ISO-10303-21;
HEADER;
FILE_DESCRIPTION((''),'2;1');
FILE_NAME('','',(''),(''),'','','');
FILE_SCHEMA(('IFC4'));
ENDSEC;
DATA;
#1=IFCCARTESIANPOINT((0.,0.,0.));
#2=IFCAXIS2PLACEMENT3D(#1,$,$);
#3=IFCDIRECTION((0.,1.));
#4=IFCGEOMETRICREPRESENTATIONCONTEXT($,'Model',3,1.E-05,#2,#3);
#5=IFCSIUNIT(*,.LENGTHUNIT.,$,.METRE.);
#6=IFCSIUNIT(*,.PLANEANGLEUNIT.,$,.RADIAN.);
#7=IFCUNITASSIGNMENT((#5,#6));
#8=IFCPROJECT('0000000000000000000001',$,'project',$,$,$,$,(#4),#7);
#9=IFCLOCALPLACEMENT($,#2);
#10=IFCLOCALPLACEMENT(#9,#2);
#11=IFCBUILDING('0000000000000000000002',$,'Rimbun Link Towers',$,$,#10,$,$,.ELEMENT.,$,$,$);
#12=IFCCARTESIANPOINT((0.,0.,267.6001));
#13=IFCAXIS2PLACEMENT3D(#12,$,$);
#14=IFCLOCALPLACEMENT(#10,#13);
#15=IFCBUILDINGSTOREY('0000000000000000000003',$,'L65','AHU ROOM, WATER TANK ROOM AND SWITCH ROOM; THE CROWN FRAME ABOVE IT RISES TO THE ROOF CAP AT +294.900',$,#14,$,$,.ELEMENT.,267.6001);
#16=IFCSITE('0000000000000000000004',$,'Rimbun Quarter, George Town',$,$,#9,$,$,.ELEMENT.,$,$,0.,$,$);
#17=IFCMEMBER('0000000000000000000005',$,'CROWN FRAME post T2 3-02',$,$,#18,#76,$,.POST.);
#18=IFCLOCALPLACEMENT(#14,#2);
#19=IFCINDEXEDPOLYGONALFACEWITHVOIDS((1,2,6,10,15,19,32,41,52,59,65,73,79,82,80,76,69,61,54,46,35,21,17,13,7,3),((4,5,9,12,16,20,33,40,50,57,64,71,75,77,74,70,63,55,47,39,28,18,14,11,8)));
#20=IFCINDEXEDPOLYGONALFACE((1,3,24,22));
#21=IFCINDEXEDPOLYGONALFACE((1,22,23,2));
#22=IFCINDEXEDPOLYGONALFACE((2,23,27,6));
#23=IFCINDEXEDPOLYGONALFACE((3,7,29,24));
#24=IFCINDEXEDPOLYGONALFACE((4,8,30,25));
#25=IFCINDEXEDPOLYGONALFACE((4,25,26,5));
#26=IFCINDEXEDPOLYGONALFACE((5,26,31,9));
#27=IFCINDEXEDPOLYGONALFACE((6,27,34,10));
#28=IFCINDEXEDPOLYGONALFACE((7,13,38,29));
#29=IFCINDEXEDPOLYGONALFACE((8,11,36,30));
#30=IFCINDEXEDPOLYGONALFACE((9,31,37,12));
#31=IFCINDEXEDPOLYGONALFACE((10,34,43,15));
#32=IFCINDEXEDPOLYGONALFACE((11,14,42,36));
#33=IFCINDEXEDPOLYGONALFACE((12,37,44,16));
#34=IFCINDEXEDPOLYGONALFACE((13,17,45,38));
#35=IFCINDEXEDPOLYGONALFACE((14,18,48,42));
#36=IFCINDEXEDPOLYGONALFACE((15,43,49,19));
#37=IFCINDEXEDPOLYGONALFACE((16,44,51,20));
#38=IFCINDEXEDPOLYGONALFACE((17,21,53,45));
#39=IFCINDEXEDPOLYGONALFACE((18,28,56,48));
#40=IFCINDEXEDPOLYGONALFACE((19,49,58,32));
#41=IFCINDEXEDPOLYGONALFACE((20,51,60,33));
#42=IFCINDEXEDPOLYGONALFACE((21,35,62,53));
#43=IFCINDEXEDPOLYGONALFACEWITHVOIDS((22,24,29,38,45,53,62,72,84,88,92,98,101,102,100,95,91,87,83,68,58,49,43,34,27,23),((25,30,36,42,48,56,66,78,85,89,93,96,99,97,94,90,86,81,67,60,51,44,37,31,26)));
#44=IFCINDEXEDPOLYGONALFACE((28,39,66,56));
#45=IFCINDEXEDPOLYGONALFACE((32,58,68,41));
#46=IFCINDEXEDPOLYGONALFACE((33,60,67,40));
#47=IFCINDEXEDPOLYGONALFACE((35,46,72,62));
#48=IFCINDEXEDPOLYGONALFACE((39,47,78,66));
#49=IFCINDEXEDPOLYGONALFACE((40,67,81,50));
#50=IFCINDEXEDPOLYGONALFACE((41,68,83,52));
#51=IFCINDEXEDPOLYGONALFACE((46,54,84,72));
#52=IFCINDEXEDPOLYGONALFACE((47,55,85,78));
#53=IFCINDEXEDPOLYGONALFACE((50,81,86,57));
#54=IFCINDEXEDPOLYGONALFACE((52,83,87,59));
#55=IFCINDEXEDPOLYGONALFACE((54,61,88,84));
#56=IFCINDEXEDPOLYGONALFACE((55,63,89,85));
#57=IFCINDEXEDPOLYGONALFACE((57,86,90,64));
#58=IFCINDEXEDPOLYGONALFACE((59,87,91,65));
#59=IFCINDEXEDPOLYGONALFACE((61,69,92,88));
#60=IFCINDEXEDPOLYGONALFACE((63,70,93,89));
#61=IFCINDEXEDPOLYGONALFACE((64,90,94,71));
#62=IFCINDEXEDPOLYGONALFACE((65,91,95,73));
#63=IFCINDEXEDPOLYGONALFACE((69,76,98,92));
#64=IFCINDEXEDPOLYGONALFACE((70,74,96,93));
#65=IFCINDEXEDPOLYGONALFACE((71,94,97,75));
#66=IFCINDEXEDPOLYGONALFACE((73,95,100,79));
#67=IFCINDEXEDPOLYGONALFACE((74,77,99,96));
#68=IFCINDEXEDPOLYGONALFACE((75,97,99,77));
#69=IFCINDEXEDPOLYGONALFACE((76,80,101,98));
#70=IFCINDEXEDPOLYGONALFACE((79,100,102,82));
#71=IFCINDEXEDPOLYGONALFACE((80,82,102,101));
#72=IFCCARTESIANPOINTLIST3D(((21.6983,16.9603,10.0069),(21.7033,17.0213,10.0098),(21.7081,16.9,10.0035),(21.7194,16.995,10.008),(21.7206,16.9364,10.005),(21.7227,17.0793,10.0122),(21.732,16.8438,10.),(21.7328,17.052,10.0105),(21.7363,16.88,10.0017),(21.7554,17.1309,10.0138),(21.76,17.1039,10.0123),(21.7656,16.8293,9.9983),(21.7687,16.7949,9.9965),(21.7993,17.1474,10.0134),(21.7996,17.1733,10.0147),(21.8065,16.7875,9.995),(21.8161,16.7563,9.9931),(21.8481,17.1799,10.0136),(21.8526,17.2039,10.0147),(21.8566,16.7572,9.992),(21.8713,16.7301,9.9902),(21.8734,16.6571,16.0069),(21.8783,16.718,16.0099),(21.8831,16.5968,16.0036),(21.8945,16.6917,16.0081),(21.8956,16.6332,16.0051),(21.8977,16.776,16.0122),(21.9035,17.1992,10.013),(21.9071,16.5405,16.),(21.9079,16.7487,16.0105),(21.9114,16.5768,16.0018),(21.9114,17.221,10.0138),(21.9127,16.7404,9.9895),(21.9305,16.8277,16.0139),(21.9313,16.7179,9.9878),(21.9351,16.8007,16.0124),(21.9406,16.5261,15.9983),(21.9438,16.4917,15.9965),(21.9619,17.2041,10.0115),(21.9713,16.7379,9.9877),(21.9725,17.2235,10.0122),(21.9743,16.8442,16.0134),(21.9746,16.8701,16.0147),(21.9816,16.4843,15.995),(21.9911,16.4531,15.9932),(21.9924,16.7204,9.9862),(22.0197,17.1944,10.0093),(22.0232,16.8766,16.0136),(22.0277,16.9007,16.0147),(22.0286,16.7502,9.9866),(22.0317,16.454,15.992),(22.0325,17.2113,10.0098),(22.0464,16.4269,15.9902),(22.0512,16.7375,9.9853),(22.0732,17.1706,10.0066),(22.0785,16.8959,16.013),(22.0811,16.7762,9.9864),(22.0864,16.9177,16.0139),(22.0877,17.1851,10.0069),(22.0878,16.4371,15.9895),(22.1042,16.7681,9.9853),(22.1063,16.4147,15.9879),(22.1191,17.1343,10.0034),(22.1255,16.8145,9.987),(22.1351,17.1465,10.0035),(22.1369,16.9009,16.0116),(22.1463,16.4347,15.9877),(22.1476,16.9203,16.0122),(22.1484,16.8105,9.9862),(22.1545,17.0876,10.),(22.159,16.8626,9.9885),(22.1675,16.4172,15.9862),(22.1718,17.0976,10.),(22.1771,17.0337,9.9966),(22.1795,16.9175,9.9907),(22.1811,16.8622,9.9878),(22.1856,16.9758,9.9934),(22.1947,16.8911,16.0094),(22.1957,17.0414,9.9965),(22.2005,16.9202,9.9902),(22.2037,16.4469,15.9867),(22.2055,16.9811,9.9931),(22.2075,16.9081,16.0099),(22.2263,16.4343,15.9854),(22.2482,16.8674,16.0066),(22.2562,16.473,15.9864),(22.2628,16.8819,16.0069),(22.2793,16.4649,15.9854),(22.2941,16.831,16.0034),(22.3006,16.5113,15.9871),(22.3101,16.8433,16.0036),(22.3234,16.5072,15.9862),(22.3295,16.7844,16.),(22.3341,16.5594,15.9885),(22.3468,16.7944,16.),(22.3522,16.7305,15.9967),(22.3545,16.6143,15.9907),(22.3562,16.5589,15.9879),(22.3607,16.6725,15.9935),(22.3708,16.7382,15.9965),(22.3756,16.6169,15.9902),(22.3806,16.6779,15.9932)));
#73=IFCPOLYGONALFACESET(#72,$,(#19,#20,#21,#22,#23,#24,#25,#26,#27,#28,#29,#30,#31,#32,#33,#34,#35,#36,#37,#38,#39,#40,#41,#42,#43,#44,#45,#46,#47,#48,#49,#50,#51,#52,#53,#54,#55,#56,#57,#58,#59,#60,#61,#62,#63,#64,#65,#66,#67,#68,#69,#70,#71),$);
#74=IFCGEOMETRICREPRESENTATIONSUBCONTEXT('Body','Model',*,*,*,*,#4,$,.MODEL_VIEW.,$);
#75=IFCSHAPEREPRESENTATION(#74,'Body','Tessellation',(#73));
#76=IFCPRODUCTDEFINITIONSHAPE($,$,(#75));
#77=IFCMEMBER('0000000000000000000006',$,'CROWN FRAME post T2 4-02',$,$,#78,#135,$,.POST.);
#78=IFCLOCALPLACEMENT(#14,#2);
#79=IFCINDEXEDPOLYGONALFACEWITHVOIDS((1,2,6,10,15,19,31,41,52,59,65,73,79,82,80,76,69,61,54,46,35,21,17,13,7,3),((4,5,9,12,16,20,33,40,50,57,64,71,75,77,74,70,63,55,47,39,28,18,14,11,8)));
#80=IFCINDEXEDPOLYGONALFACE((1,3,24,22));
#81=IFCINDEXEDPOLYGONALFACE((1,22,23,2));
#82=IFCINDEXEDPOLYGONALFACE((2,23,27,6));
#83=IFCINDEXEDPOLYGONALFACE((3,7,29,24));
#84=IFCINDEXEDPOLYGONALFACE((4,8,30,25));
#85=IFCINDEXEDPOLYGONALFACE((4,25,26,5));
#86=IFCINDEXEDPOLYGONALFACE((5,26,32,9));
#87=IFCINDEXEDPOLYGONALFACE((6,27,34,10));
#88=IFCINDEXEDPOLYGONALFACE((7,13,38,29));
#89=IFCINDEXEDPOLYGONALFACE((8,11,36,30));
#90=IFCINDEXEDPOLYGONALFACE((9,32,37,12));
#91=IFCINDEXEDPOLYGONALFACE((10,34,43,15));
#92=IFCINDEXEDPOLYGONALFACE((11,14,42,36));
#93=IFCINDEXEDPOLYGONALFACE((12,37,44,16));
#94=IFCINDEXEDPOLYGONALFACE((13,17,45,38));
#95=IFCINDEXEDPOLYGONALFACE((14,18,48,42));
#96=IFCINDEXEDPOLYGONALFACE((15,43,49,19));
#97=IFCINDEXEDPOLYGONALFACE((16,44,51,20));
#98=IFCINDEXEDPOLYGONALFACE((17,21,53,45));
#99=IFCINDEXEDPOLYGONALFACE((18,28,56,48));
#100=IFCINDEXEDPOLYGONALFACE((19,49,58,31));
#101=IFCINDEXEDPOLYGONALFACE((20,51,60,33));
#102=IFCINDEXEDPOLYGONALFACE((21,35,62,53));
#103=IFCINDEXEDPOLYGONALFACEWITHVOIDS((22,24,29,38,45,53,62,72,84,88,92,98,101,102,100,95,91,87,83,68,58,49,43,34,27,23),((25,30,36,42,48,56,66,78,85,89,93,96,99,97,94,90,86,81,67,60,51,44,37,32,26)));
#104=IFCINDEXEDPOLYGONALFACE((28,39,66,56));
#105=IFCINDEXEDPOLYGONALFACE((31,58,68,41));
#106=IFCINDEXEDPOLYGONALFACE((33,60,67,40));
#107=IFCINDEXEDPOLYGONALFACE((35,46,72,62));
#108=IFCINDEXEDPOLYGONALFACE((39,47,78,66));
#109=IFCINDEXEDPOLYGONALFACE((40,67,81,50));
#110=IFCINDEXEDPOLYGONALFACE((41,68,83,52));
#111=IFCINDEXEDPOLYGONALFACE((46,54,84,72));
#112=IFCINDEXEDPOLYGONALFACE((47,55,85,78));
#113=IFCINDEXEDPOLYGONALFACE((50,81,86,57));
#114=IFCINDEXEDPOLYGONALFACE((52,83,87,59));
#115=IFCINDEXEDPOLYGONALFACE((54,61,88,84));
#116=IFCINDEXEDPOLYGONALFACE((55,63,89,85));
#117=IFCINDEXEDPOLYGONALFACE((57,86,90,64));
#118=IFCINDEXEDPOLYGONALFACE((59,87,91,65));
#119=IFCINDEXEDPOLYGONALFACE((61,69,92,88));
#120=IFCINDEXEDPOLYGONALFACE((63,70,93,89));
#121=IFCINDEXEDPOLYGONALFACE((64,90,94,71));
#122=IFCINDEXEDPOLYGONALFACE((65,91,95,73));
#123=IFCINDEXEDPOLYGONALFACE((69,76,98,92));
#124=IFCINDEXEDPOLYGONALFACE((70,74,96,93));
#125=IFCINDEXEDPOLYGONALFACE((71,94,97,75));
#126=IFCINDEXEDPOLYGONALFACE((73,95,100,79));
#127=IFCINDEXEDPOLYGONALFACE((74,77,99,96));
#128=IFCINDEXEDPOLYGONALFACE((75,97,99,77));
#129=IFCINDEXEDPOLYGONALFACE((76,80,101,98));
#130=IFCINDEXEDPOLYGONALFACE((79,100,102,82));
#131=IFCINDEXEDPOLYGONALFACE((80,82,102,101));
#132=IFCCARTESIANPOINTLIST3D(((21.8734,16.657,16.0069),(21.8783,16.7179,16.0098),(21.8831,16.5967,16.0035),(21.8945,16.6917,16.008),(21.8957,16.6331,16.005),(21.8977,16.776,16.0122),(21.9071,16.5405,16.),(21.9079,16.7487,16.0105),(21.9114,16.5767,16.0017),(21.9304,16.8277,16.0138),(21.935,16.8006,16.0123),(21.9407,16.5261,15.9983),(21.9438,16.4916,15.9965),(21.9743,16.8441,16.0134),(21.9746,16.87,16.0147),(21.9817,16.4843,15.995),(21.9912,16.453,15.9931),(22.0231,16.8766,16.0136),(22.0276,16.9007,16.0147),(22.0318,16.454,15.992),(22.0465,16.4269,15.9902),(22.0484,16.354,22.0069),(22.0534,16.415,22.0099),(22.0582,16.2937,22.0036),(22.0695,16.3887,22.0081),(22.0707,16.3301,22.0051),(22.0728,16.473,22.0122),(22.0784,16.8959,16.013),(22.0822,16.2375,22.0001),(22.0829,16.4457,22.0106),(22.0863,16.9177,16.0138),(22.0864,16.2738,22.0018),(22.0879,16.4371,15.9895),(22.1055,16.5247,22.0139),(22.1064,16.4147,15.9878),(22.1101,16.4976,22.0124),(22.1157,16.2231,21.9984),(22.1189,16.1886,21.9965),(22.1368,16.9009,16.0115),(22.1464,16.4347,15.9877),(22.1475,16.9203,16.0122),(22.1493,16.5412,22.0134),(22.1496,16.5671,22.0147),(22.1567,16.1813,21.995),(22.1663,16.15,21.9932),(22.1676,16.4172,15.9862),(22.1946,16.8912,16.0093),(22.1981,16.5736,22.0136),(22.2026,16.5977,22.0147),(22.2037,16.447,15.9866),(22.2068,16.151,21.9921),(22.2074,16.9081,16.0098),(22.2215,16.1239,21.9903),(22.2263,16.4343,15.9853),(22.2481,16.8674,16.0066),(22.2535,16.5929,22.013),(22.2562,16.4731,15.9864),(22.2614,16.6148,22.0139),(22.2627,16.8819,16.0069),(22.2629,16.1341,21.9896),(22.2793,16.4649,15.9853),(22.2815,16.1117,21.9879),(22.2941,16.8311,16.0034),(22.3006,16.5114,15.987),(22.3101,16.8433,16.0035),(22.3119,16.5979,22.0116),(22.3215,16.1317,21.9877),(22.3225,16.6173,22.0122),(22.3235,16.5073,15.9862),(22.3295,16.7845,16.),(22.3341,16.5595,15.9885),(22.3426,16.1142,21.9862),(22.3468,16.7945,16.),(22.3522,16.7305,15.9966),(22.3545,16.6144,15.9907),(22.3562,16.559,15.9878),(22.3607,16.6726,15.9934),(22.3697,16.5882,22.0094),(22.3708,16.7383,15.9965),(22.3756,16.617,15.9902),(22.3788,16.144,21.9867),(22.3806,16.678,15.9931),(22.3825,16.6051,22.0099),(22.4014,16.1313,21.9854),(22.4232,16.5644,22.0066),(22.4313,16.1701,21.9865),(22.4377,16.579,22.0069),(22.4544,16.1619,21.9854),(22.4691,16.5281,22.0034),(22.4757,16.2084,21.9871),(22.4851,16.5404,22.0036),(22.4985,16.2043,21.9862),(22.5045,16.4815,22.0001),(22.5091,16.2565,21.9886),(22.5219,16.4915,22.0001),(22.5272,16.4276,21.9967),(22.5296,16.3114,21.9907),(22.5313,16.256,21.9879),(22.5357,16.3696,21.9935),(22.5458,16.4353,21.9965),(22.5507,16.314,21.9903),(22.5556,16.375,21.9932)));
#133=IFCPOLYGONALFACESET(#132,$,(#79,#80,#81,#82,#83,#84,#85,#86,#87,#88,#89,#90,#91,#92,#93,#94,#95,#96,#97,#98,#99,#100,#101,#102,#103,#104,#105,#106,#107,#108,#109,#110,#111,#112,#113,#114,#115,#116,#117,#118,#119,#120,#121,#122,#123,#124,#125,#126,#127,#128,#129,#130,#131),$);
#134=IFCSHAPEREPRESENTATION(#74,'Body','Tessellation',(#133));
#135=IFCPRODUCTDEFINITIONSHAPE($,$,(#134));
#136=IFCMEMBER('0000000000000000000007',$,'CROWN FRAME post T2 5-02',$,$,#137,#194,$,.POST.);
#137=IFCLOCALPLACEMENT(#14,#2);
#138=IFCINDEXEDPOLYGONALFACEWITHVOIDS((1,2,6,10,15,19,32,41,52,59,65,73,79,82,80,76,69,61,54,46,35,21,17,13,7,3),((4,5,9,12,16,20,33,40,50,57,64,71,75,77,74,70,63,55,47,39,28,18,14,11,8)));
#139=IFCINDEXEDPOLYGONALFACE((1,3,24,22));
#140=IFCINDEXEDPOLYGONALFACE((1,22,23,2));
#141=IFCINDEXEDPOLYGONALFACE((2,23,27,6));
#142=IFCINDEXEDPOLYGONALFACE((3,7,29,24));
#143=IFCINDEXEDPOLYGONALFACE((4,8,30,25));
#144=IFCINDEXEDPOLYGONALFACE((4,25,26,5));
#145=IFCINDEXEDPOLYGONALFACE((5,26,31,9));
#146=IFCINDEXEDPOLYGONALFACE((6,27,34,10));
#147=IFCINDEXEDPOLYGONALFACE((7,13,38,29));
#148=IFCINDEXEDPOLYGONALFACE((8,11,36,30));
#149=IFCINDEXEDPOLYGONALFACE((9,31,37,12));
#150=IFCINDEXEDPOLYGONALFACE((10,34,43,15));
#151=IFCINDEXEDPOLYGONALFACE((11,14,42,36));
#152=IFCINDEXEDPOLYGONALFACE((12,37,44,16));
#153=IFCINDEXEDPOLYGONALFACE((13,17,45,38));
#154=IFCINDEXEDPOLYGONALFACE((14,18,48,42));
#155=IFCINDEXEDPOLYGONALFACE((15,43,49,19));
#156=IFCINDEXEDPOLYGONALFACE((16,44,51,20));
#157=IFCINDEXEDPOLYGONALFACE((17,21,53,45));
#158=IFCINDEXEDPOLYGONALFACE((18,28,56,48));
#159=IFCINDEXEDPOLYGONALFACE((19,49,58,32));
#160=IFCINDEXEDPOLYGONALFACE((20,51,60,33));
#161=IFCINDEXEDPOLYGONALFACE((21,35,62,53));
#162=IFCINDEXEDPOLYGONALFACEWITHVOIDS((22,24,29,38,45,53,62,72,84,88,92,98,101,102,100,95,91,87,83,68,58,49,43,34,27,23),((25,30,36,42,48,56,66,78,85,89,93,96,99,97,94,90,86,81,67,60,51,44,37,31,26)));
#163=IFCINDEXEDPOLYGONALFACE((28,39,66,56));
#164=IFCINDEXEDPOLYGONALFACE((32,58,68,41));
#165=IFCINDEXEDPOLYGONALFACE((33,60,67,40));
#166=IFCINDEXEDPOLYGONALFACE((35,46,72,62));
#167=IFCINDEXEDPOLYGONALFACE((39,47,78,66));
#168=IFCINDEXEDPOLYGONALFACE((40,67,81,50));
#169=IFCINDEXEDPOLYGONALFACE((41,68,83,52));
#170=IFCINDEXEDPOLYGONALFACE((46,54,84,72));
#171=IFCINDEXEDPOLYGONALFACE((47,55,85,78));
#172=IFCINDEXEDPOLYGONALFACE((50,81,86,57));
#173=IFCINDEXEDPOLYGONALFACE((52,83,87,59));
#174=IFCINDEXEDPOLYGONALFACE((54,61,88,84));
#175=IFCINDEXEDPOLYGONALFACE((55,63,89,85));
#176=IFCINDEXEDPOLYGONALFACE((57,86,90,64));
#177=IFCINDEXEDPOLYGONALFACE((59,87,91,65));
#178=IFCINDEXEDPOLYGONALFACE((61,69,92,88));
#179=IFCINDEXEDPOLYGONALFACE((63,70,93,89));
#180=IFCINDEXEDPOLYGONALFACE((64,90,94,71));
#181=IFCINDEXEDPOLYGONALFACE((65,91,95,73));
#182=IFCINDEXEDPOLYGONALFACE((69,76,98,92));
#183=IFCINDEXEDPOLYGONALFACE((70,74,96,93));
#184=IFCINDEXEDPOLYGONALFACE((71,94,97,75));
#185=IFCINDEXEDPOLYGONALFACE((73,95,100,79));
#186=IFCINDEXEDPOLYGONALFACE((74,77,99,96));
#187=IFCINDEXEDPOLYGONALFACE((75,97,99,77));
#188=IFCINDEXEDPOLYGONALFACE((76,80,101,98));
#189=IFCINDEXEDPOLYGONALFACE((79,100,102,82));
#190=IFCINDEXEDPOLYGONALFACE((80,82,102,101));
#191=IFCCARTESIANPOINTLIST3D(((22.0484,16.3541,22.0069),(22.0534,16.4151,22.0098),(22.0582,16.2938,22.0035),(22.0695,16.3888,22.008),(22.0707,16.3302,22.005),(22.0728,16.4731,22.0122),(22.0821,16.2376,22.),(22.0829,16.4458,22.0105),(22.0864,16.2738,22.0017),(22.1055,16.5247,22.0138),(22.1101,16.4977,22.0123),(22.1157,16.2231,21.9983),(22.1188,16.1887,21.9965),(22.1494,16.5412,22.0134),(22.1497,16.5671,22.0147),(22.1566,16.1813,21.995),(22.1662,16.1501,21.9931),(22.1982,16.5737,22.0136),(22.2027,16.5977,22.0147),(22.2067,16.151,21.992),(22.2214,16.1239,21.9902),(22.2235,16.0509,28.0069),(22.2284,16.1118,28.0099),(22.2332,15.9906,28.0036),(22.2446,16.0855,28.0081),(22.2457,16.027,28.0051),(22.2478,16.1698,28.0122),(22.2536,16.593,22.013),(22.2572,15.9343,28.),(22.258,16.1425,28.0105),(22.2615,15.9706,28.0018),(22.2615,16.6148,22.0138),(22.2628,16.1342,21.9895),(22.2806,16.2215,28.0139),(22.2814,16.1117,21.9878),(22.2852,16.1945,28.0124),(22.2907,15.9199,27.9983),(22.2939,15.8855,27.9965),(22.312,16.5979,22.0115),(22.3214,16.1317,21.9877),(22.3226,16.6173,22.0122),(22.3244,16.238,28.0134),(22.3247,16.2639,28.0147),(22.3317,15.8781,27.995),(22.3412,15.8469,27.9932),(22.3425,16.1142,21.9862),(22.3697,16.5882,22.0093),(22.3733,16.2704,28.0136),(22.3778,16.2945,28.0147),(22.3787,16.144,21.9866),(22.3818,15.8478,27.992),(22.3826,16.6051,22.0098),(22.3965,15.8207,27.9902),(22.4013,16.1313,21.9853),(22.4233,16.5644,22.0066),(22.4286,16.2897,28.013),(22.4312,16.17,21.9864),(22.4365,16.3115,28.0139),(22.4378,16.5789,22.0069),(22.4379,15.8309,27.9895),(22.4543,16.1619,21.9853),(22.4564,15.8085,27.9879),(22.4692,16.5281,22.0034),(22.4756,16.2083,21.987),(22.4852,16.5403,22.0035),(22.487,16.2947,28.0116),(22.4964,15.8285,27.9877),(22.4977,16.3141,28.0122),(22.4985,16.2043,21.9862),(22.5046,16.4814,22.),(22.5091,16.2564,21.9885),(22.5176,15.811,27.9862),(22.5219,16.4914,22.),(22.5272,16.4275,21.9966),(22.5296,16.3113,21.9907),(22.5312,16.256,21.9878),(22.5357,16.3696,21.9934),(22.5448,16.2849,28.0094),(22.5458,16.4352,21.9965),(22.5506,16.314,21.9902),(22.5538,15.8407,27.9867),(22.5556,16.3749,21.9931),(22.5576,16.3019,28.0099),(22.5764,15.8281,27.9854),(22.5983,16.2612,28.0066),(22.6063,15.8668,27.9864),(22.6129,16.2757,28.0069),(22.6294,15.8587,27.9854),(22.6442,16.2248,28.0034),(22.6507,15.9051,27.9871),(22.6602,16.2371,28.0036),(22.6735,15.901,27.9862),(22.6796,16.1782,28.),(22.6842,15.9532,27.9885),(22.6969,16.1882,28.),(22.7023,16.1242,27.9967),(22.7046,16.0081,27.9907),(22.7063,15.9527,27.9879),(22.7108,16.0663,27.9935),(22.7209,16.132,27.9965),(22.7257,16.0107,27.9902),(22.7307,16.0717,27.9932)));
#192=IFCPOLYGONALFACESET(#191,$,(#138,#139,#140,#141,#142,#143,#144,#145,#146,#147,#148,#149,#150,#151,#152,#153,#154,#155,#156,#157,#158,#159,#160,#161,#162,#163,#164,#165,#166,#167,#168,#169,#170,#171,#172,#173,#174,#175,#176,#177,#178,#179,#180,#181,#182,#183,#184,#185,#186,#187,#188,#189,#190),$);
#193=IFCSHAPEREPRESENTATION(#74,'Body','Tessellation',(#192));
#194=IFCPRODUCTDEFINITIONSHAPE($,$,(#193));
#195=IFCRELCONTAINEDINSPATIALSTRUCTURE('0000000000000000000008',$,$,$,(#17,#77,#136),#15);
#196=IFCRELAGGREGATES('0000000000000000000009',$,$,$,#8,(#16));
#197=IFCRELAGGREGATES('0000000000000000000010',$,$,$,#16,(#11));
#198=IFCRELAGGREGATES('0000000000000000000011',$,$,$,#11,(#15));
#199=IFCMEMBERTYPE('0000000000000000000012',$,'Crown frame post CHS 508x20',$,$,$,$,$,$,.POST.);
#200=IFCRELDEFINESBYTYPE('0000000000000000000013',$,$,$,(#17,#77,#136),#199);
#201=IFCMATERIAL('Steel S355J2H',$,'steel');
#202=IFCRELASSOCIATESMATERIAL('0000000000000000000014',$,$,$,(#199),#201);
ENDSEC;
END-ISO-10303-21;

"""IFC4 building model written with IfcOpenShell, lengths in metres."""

from ifc_helpers import new_model, si_unit, direction, frame, origin, origin_2d, place, context, subcontext, project, spatial, hollow_circle, extrude, material, material_profile, profile_set, type_object, element, save


model = new_model("IFC4")

# Units and contexts
model_context = context("Model", 3, precision=1e-05, world=origin(), true_north=direction((0.0, 1.0)))
body_context = subcontext(model_context, "Body", "Model", "MODEL_VIEW")
ifc_project = project(units=[si_unit("LENGTHUNIT", "METRE"), si_unit("PLANEANGLEUNIT", "RADIAN")], contexts=[model_context])

# Site, building, storey
site_placement = place(None, origin())
site = spatial("IfcSite", under=ifc_project, at=site_placement, Name="Rimbun Quarter, George Town", CompositionType="ELEMENT", RefElevation=0.0)
building_placement = place(site_placement, origin())
building = spatial("IfcBuilding", under=site, at=building_placement, Name="Rimbun Link Towers", CompositionType="ELEMENT")
storey_placement = place(building_placement, frame((0.0, 0.0, 267.6001)))
storey = spatial("IfcBuildingStorey", under=building, at=storey_placement, Name="L65", Description="AHU ROOM, WATER TANK ROOM AND SWITCH ROOM; THE CROWN FRAME ABOVE IT RISES TO THE ROOF CAP AT +294.900", CompositionType="ELEMENT", Elevation=267.6001)

# Members
ifc_material_1 = material(Name="Steel S355J2H", Category="steel")
ifc_material_profile_1 = material_profile(ifc_material_1, hollow_circle(Radius=0.2539, WallThickness=0.02, at=origin_2d()), Name="Crown frame post CHS 508x20")
ifc_profile_set_1 = profile_set([ifc_material_profile_1], Name="Steel S355J2H")
member_type_1 = type_object("IfcMemberType", Name="Crown frame post CHS 508x20", PredefinedType="POST", material=ifc_profile_set_1)
for number, where, z_axis, x_axis, name in (
    (1, (21.9519, 16.9707, 10.0), (0.029125, -0.050451, 0.998302), (0.866046, 0.499964, 0.0), "CROWN FRAME post T2 3-02"),
    (2, (22.127, 16.6675, 16.0), (0.029125, -0.050411, 0.998304), (0.865872, 0.500266, 0.0), "CROWN FRAME post T2 4-02"),
    (3, (22.302, 16.3645, 22.0), (0.029125, -0.050451, 0.998302), (0.866046, 0.499964, 0.0), "CROWN FRAME post T2 5-02"),
):
    element("IfcMember", number, at=place(storey_placement, frame(where, z_axis=z_axis, x_axis=x_axis)), inside=storey, type_object=member_type_1, Name=name, PredefinedType="POST", context=body_context, shape_type="SweptSolid", body=[
        extrude(hollow_circle(Radius=0.2539, WallThickness=0.02, at=origin_2d()), origin(), (0.0, 0.0, 1.0), 6.0103),
    ])

save(model, "model.ifc")
